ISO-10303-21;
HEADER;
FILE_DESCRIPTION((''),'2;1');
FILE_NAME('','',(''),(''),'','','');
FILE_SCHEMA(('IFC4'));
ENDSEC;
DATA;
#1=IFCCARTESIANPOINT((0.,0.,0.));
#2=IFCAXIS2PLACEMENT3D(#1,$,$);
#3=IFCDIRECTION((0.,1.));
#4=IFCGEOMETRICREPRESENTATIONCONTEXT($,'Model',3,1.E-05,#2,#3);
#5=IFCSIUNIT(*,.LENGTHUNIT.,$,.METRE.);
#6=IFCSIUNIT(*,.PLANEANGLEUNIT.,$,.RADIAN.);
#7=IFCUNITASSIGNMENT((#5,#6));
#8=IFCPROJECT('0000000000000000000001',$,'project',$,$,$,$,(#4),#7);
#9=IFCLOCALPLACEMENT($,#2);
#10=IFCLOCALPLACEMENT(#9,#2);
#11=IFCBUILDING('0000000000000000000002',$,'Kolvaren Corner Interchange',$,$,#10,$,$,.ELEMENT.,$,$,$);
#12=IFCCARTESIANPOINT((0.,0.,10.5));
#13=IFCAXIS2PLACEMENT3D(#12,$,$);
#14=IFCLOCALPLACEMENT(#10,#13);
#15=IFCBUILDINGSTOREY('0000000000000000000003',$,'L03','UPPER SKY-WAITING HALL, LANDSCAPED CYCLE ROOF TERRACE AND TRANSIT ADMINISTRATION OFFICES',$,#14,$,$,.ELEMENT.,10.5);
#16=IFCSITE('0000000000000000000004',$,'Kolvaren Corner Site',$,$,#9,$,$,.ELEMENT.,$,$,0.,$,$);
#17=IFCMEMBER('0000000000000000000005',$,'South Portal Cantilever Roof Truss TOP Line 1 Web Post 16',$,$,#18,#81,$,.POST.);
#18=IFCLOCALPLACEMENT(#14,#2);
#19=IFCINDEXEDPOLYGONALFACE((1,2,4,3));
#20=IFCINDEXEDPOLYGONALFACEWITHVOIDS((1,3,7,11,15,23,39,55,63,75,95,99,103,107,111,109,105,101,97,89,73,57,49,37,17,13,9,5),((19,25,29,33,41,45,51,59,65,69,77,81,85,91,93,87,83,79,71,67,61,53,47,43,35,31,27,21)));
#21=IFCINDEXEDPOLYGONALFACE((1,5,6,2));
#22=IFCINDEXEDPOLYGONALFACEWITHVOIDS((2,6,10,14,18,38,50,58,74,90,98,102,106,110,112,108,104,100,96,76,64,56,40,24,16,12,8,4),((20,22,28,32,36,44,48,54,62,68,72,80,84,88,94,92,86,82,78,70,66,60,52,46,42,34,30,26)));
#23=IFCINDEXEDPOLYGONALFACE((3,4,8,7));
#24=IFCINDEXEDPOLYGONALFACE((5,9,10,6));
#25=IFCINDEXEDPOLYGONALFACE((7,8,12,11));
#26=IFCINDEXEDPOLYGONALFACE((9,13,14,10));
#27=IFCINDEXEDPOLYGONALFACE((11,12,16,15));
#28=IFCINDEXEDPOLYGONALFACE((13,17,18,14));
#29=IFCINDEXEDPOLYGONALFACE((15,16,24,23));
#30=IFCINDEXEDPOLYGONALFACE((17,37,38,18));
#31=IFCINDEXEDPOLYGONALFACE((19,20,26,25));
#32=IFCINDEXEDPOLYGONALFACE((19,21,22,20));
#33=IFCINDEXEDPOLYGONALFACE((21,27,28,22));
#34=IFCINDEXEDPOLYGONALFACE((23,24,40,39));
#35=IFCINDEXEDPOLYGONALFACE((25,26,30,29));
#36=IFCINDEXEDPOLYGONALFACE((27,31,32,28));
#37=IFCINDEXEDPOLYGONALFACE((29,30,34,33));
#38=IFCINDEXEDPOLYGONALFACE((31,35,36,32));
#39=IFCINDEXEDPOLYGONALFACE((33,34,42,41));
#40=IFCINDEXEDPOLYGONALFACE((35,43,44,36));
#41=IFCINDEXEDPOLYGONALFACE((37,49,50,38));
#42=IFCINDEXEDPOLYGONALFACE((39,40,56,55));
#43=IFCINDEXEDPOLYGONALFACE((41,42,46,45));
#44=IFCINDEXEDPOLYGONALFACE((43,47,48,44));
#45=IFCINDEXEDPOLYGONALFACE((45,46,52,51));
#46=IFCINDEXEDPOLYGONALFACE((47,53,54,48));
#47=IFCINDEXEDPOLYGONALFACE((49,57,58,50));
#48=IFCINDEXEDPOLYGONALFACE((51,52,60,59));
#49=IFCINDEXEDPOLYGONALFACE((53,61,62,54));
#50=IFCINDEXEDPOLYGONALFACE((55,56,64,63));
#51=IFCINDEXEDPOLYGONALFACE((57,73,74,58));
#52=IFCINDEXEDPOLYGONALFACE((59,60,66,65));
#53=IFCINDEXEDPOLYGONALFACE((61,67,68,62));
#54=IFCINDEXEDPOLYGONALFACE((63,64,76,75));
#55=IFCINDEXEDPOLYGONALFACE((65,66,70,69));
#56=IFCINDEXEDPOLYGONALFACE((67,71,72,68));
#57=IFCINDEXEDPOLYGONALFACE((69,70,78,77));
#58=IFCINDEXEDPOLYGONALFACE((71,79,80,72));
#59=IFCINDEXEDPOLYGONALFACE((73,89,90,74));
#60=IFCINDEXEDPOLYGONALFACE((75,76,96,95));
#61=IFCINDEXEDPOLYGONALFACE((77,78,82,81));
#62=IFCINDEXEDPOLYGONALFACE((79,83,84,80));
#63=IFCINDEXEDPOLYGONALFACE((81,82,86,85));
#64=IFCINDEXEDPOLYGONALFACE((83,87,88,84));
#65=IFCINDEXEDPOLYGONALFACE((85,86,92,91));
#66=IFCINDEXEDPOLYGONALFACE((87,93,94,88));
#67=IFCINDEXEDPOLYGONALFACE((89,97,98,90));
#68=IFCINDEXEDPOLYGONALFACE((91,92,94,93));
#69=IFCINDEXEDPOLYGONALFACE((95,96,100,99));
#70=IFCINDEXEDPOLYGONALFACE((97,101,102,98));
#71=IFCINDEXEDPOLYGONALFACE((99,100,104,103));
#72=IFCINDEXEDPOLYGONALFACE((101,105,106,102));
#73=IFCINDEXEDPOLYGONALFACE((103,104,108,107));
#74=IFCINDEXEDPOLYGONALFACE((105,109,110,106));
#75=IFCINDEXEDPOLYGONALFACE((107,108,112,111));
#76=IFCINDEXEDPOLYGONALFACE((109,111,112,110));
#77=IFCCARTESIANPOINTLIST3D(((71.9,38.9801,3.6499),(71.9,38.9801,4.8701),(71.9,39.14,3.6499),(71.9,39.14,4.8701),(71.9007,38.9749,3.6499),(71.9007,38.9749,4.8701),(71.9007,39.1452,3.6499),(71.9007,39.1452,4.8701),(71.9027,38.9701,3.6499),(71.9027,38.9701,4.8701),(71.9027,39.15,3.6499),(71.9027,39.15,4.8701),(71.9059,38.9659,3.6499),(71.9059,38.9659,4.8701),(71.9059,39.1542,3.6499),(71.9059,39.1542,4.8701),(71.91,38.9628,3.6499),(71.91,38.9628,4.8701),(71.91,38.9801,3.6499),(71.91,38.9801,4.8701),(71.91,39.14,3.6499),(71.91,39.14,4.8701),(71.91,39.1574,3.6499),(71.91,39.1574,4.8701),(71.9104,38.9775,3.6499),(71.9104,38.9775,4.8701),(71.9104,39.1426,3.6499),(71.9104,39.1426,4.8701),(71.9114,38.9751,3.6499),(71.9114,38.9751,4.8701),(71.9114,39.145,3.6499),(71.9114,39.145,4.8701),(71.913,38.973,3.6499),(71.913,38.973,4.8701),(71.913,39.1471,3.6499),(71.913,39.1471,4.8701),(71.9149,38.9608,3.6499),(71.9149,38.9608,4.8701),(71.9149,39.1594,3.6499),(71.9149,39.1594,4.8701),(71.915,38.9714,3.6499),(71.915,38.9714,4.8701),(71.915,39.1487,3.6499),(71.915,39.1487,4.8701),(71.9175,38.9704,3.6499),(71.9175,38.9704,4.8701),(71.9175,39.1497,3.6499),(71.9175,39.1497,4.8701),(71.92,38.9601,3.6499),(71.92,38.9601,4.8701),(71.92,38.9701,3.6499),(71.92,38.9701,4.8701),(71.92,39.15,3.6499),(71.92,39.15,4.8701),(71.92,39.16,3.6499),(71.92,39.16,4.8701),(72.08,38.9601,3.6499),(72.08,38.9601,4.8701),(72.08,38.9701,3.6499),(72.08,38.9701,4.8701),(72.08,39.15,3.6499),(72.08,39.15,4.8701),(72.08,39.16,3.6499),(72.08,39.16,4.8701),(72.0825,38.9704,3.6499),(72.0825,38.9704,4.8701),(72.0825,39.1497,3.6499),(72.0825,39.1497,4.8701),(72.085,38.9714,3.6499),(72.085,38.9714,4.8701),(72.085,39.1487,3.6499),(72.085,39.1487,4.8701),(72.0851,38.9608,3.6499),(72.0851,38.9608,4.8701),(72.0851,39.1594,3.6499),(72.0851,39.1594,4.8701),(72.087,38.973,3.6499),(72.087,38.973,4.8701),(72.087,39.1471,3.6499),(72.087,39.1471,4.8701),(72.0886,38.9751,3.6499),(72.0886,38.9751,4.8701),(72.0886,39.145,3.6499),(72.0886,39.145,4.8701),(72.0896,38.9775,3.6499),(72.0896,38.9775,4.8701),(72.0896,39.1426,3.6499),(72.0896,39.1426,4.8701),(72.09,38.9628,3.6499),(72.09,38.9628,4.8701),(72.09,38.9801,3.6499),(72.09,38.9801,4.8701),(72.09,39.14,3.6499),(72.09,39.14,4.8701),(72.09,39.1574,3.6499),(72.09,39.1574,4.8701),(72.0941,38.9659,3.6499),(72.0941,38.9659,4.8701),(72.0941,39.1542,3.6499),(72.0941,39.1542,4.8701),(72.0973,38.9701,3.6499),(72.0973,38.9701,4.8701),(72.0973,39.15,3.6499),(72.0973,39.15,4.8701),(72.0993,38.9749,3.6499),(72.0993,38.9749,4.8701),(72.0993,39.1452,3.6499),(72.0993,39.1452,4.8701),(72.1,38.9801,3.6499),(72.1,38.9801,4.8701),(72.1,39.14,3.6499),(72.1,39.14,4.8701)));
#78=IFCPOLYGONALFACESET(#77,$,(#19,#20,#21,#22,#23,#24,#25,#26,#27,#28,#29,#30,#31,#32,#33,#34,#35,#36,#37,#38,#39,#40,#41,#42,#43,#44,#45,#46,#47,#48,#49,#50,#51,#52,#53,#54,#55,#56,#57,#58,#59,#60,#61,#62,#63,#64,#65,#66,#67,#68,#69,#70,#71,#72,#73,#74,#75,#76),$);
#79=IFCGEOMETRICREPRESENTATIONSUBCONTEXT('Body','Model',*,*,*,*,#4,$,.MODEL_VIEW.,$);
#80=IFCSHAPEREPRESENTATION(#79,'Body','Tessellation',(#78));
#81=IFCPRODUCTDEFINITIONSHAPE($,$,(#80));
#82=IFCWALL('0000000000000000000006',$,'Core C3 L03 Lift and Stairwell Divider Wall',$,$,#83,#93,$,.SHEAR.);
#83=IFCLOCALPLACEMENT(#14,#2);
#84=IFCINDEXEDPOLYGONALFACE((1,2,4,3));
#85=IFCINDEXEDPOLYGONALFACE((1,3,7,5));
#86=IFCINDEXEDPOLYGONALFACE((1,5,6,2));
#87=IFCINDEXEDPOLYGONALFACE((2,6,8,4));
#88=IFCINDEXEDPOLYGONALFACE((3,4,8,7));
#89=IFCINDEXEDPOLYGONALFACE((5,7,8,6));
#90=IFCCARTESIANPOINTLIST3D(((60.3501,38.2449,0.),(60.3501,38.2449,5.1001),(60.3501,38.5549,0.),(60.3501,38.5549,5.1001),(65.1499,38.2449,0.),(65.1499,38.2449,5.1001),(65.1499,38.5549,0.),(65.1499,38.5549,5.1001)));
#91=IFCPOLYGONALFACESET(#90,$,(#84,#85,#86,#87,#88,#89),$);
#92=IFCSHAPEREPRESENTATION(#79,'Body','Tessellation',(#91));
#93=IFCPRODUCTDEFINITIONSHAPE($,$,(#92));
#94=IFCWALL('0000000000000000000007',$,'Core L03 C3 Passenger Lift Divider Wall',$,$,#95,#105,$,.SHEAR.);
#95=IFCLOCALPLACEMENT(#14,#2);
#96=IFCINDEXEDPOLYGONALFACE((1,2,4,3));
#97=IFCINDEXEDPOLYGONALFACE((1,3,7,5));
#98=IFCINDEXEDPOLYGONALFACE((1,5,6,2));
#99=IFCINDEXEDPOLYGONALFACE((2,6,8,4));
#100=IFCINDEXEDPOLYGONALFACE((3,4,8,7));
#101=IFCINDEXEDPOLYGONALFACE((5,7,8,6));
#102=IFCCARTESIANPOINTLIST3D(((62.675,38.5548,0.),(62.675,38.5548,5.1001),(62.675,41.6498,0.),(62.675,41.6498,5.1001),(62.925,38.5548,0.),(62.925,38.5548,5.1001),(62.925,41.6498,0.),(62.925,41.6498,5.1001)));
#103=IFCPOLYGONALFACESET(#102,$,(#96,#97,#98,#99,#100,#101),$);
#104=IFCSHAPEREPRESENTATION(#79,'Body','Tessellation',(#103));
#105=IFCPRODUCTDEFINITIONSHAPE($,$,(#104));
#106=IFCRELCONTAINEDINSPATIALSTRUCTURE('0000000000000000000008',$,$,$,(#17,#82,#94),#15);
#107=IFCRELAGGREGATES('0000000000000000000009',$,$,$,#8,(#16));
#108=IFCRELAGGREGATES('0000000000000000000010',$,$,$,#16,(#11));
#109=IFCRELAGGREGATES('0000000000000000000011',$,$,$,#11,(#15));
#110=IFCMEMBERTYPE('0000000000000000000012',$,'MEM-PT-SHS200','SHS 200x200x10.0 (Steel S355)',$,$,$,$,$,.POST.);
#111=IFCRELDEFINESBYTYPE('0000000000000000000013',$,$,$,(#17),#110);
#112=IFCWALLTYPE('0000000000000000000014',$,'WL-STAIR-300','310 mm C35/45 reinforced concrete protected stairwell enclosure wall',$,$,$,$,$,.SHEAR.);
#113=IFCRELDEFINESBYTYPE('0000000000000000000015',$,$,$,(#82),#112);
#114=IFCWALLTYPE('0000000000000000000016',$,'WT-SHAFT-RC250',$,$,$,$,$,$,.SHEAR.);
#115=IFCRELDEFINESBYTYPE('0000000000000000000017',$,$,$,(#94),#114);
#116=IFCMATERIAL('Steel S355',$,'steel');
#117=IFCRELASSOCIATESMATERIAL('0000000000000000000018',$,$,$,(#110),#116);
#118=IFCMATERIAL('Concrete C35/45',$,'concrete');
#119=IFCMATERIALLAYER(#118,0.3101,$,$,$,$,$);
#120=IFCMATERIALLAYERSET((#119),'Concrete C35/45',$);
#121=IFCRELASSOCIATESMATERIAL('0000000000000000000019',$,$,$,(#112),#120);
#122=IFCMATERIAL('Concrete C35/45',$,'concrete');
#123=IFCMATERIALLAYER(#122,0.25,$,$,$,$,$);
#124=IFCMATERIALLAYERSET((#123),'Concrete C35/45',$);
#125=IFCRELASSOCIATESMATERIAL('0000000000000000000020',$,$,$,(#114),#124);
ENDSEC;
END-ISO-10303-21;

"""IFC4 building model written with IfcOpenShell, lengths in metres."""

from ifc_helpers import new_model, si_unit, direction, frame, frame_2d, origin, origin_2d, place, context, subcontext, project, spatial, rectangle, hollow_rectangle, extrude, material, layer, layer_set, material_profile, profile_set, type_object, element, save


model = new_model("IFC4")

# Units and contexts
model_context = context("Model", 3, precision=1e-05, world=origin(), true_north=direction((0.0, 1.0)))
body_context = subcontext(model_context, "Body", "Model", "MODEL_VIEW")
ifc_project = project(units=[si_unit("LENGTHUNIT", "METRE"), si_unit("PLANEANGLEUNIT", "RADIAN")], contexts=[model_context])

# Site, building, storey
site_placement = place(None, origin())
site = spatial("IfcSite", under=ifc_project, at=site_placement, Name="Kolvaren Corner Site", CompositionType="ELEMENT", RefElevation=0.0)
building_placement = place(site_placement, origin())
building = spatial("IfcBuilding", under=site, at=building_placement, Name="Kolvaren Corner Interchange", CompositionType="ELEMENT")
storey_placement = place(building_placement, frame((0.0, 0.0, 10.5)))
storey = spatial("IfcBuildingStorey", under=building, at=storey_placement, Name="L03", Description="UPPER SKY-WAITING HALL, LANDSCAPED CYCLE ROOF TERRACE AND TRANSIT ADMINISTRATION OFFICES", CompositionType="ELEMENT", Elevation=10.5)

# Member
ifc_material_1 = material(Name="Steel S355", Category="steel")
ifc_material_profile_1 = material_profile(ifc_material_1, hollow_rectangle(XDim=0.2, YDim=0.2, WallThickness=0.01, InnerFilletRadius=0.01, OuterFilletRadius=0.02, at=origin_2d()), Name="SHS 200x200x10.0")
ifc_profile_set_1 = profile_set([ifc_material_profile_1], Name="Steel S355")
member_type_1 = type_object("IfcMemberType", Name="MEM-PT-SHS200", Description="SHS 200x200x10.0 (Steel S355)", PredefinedType="POST", material=ifc_profile_set_1)
member_1_placement = place(storey_placement, frame((72.0, 39.0601, 3.6499), z_axis=(0.0, 0.0, 1.0), x_axis=(1.0, 0.0, 0.0)))
element("IfcMember", 1, at=member_1_placement, inside=storey, type_object=member_type_1, Name="South Portal Cantilever Roof Truss TOP Line 1 Web Post 16", PredefinedType="POST", context=body_context, shape_type="SweptSolid", body=[
    extrude(hollow_rectangle(XDim=0.2, YDim=0.2, WallThickness=0.01, InnerFilletRadius=0.01, OuterFilletRadius=0.02, at=origin_2d()), origin(), (0.0, 0.0, 1.0), 1.2202),
])

# Walls
ifc_material_2 = material(Name="Concrete C35/45", Category="concrete")
ifc_layer_1 = layer(ifc_material_2, 0.3101)
ifc_layer_set_1 = layer_set([ifc_layer_1], Name="Concrete C35/45")
wall_type_1 = type_object("IfcWallType", Name="WL-STAIR-300", Description="310 mm C35/45 reinforced concrete protected stairwell enclosure wall", PredefinedType="SHEAR", material=ifc_layer_set_1)
wall_1_placement = place(storey_placement, frame((60.3501, 38.3999, 0.0), z_axis=(0.0, 0.0, 1.0), x_axis=(1.0, 0.0, 0.0)))
element("IfcWall", 2, at=wall_1_placement, inside=storey, type_object=wall_type_1, Name="Core C3 L03 Lift and Stairwell Divider Wall", PredefinedType="SHEAR", context=body_context, shape_type="SweptSolid", body=[
    extrude(rectangle(XDim=4.7998, YDim=0.3101, at=frame_2d((2.3999, 0.0))), origin(), (0.0, 0.0, 1.0), 5.1001),
])
ifc_material_3 = material(Name="Concrete C35/45", Category="concrete")
ifc_layer_2 = layer(ifc_material_3, 0.25)
ifc_layer_set_2 = layer_set([ifc_layer_2], Name="Concrete C35/45")
wall_type_2 = type_object("IfcWallType", Name="WT-SHAFT-RC250", PredefinedType="SHEAR", material=ifc_layer_set_2)
wall_2_placement = place(storey_placement, frame((62.8, 38.5549, 0.0), z_axis=(0.0, 0.0, 1.0), x_axis=(0.0, 1.0, 0.0)))
element("IfcWall", 3, at=wall_2_placement, inside=storey, type_object=wall_type_2, Name="Core L03 C3 Passenger Lift Divider Wall", PredefinedType="SHEAR", context=body_context, shape_type="SweptSolid", body=[
    extrude(rectangle(XDim=3.095, YDim=0.25, at=frame_2d((1.5474, 0.0))), origin(), (0.0, 0.0, 1.0), 5.1001),
])

save(model, "model.ifc")
